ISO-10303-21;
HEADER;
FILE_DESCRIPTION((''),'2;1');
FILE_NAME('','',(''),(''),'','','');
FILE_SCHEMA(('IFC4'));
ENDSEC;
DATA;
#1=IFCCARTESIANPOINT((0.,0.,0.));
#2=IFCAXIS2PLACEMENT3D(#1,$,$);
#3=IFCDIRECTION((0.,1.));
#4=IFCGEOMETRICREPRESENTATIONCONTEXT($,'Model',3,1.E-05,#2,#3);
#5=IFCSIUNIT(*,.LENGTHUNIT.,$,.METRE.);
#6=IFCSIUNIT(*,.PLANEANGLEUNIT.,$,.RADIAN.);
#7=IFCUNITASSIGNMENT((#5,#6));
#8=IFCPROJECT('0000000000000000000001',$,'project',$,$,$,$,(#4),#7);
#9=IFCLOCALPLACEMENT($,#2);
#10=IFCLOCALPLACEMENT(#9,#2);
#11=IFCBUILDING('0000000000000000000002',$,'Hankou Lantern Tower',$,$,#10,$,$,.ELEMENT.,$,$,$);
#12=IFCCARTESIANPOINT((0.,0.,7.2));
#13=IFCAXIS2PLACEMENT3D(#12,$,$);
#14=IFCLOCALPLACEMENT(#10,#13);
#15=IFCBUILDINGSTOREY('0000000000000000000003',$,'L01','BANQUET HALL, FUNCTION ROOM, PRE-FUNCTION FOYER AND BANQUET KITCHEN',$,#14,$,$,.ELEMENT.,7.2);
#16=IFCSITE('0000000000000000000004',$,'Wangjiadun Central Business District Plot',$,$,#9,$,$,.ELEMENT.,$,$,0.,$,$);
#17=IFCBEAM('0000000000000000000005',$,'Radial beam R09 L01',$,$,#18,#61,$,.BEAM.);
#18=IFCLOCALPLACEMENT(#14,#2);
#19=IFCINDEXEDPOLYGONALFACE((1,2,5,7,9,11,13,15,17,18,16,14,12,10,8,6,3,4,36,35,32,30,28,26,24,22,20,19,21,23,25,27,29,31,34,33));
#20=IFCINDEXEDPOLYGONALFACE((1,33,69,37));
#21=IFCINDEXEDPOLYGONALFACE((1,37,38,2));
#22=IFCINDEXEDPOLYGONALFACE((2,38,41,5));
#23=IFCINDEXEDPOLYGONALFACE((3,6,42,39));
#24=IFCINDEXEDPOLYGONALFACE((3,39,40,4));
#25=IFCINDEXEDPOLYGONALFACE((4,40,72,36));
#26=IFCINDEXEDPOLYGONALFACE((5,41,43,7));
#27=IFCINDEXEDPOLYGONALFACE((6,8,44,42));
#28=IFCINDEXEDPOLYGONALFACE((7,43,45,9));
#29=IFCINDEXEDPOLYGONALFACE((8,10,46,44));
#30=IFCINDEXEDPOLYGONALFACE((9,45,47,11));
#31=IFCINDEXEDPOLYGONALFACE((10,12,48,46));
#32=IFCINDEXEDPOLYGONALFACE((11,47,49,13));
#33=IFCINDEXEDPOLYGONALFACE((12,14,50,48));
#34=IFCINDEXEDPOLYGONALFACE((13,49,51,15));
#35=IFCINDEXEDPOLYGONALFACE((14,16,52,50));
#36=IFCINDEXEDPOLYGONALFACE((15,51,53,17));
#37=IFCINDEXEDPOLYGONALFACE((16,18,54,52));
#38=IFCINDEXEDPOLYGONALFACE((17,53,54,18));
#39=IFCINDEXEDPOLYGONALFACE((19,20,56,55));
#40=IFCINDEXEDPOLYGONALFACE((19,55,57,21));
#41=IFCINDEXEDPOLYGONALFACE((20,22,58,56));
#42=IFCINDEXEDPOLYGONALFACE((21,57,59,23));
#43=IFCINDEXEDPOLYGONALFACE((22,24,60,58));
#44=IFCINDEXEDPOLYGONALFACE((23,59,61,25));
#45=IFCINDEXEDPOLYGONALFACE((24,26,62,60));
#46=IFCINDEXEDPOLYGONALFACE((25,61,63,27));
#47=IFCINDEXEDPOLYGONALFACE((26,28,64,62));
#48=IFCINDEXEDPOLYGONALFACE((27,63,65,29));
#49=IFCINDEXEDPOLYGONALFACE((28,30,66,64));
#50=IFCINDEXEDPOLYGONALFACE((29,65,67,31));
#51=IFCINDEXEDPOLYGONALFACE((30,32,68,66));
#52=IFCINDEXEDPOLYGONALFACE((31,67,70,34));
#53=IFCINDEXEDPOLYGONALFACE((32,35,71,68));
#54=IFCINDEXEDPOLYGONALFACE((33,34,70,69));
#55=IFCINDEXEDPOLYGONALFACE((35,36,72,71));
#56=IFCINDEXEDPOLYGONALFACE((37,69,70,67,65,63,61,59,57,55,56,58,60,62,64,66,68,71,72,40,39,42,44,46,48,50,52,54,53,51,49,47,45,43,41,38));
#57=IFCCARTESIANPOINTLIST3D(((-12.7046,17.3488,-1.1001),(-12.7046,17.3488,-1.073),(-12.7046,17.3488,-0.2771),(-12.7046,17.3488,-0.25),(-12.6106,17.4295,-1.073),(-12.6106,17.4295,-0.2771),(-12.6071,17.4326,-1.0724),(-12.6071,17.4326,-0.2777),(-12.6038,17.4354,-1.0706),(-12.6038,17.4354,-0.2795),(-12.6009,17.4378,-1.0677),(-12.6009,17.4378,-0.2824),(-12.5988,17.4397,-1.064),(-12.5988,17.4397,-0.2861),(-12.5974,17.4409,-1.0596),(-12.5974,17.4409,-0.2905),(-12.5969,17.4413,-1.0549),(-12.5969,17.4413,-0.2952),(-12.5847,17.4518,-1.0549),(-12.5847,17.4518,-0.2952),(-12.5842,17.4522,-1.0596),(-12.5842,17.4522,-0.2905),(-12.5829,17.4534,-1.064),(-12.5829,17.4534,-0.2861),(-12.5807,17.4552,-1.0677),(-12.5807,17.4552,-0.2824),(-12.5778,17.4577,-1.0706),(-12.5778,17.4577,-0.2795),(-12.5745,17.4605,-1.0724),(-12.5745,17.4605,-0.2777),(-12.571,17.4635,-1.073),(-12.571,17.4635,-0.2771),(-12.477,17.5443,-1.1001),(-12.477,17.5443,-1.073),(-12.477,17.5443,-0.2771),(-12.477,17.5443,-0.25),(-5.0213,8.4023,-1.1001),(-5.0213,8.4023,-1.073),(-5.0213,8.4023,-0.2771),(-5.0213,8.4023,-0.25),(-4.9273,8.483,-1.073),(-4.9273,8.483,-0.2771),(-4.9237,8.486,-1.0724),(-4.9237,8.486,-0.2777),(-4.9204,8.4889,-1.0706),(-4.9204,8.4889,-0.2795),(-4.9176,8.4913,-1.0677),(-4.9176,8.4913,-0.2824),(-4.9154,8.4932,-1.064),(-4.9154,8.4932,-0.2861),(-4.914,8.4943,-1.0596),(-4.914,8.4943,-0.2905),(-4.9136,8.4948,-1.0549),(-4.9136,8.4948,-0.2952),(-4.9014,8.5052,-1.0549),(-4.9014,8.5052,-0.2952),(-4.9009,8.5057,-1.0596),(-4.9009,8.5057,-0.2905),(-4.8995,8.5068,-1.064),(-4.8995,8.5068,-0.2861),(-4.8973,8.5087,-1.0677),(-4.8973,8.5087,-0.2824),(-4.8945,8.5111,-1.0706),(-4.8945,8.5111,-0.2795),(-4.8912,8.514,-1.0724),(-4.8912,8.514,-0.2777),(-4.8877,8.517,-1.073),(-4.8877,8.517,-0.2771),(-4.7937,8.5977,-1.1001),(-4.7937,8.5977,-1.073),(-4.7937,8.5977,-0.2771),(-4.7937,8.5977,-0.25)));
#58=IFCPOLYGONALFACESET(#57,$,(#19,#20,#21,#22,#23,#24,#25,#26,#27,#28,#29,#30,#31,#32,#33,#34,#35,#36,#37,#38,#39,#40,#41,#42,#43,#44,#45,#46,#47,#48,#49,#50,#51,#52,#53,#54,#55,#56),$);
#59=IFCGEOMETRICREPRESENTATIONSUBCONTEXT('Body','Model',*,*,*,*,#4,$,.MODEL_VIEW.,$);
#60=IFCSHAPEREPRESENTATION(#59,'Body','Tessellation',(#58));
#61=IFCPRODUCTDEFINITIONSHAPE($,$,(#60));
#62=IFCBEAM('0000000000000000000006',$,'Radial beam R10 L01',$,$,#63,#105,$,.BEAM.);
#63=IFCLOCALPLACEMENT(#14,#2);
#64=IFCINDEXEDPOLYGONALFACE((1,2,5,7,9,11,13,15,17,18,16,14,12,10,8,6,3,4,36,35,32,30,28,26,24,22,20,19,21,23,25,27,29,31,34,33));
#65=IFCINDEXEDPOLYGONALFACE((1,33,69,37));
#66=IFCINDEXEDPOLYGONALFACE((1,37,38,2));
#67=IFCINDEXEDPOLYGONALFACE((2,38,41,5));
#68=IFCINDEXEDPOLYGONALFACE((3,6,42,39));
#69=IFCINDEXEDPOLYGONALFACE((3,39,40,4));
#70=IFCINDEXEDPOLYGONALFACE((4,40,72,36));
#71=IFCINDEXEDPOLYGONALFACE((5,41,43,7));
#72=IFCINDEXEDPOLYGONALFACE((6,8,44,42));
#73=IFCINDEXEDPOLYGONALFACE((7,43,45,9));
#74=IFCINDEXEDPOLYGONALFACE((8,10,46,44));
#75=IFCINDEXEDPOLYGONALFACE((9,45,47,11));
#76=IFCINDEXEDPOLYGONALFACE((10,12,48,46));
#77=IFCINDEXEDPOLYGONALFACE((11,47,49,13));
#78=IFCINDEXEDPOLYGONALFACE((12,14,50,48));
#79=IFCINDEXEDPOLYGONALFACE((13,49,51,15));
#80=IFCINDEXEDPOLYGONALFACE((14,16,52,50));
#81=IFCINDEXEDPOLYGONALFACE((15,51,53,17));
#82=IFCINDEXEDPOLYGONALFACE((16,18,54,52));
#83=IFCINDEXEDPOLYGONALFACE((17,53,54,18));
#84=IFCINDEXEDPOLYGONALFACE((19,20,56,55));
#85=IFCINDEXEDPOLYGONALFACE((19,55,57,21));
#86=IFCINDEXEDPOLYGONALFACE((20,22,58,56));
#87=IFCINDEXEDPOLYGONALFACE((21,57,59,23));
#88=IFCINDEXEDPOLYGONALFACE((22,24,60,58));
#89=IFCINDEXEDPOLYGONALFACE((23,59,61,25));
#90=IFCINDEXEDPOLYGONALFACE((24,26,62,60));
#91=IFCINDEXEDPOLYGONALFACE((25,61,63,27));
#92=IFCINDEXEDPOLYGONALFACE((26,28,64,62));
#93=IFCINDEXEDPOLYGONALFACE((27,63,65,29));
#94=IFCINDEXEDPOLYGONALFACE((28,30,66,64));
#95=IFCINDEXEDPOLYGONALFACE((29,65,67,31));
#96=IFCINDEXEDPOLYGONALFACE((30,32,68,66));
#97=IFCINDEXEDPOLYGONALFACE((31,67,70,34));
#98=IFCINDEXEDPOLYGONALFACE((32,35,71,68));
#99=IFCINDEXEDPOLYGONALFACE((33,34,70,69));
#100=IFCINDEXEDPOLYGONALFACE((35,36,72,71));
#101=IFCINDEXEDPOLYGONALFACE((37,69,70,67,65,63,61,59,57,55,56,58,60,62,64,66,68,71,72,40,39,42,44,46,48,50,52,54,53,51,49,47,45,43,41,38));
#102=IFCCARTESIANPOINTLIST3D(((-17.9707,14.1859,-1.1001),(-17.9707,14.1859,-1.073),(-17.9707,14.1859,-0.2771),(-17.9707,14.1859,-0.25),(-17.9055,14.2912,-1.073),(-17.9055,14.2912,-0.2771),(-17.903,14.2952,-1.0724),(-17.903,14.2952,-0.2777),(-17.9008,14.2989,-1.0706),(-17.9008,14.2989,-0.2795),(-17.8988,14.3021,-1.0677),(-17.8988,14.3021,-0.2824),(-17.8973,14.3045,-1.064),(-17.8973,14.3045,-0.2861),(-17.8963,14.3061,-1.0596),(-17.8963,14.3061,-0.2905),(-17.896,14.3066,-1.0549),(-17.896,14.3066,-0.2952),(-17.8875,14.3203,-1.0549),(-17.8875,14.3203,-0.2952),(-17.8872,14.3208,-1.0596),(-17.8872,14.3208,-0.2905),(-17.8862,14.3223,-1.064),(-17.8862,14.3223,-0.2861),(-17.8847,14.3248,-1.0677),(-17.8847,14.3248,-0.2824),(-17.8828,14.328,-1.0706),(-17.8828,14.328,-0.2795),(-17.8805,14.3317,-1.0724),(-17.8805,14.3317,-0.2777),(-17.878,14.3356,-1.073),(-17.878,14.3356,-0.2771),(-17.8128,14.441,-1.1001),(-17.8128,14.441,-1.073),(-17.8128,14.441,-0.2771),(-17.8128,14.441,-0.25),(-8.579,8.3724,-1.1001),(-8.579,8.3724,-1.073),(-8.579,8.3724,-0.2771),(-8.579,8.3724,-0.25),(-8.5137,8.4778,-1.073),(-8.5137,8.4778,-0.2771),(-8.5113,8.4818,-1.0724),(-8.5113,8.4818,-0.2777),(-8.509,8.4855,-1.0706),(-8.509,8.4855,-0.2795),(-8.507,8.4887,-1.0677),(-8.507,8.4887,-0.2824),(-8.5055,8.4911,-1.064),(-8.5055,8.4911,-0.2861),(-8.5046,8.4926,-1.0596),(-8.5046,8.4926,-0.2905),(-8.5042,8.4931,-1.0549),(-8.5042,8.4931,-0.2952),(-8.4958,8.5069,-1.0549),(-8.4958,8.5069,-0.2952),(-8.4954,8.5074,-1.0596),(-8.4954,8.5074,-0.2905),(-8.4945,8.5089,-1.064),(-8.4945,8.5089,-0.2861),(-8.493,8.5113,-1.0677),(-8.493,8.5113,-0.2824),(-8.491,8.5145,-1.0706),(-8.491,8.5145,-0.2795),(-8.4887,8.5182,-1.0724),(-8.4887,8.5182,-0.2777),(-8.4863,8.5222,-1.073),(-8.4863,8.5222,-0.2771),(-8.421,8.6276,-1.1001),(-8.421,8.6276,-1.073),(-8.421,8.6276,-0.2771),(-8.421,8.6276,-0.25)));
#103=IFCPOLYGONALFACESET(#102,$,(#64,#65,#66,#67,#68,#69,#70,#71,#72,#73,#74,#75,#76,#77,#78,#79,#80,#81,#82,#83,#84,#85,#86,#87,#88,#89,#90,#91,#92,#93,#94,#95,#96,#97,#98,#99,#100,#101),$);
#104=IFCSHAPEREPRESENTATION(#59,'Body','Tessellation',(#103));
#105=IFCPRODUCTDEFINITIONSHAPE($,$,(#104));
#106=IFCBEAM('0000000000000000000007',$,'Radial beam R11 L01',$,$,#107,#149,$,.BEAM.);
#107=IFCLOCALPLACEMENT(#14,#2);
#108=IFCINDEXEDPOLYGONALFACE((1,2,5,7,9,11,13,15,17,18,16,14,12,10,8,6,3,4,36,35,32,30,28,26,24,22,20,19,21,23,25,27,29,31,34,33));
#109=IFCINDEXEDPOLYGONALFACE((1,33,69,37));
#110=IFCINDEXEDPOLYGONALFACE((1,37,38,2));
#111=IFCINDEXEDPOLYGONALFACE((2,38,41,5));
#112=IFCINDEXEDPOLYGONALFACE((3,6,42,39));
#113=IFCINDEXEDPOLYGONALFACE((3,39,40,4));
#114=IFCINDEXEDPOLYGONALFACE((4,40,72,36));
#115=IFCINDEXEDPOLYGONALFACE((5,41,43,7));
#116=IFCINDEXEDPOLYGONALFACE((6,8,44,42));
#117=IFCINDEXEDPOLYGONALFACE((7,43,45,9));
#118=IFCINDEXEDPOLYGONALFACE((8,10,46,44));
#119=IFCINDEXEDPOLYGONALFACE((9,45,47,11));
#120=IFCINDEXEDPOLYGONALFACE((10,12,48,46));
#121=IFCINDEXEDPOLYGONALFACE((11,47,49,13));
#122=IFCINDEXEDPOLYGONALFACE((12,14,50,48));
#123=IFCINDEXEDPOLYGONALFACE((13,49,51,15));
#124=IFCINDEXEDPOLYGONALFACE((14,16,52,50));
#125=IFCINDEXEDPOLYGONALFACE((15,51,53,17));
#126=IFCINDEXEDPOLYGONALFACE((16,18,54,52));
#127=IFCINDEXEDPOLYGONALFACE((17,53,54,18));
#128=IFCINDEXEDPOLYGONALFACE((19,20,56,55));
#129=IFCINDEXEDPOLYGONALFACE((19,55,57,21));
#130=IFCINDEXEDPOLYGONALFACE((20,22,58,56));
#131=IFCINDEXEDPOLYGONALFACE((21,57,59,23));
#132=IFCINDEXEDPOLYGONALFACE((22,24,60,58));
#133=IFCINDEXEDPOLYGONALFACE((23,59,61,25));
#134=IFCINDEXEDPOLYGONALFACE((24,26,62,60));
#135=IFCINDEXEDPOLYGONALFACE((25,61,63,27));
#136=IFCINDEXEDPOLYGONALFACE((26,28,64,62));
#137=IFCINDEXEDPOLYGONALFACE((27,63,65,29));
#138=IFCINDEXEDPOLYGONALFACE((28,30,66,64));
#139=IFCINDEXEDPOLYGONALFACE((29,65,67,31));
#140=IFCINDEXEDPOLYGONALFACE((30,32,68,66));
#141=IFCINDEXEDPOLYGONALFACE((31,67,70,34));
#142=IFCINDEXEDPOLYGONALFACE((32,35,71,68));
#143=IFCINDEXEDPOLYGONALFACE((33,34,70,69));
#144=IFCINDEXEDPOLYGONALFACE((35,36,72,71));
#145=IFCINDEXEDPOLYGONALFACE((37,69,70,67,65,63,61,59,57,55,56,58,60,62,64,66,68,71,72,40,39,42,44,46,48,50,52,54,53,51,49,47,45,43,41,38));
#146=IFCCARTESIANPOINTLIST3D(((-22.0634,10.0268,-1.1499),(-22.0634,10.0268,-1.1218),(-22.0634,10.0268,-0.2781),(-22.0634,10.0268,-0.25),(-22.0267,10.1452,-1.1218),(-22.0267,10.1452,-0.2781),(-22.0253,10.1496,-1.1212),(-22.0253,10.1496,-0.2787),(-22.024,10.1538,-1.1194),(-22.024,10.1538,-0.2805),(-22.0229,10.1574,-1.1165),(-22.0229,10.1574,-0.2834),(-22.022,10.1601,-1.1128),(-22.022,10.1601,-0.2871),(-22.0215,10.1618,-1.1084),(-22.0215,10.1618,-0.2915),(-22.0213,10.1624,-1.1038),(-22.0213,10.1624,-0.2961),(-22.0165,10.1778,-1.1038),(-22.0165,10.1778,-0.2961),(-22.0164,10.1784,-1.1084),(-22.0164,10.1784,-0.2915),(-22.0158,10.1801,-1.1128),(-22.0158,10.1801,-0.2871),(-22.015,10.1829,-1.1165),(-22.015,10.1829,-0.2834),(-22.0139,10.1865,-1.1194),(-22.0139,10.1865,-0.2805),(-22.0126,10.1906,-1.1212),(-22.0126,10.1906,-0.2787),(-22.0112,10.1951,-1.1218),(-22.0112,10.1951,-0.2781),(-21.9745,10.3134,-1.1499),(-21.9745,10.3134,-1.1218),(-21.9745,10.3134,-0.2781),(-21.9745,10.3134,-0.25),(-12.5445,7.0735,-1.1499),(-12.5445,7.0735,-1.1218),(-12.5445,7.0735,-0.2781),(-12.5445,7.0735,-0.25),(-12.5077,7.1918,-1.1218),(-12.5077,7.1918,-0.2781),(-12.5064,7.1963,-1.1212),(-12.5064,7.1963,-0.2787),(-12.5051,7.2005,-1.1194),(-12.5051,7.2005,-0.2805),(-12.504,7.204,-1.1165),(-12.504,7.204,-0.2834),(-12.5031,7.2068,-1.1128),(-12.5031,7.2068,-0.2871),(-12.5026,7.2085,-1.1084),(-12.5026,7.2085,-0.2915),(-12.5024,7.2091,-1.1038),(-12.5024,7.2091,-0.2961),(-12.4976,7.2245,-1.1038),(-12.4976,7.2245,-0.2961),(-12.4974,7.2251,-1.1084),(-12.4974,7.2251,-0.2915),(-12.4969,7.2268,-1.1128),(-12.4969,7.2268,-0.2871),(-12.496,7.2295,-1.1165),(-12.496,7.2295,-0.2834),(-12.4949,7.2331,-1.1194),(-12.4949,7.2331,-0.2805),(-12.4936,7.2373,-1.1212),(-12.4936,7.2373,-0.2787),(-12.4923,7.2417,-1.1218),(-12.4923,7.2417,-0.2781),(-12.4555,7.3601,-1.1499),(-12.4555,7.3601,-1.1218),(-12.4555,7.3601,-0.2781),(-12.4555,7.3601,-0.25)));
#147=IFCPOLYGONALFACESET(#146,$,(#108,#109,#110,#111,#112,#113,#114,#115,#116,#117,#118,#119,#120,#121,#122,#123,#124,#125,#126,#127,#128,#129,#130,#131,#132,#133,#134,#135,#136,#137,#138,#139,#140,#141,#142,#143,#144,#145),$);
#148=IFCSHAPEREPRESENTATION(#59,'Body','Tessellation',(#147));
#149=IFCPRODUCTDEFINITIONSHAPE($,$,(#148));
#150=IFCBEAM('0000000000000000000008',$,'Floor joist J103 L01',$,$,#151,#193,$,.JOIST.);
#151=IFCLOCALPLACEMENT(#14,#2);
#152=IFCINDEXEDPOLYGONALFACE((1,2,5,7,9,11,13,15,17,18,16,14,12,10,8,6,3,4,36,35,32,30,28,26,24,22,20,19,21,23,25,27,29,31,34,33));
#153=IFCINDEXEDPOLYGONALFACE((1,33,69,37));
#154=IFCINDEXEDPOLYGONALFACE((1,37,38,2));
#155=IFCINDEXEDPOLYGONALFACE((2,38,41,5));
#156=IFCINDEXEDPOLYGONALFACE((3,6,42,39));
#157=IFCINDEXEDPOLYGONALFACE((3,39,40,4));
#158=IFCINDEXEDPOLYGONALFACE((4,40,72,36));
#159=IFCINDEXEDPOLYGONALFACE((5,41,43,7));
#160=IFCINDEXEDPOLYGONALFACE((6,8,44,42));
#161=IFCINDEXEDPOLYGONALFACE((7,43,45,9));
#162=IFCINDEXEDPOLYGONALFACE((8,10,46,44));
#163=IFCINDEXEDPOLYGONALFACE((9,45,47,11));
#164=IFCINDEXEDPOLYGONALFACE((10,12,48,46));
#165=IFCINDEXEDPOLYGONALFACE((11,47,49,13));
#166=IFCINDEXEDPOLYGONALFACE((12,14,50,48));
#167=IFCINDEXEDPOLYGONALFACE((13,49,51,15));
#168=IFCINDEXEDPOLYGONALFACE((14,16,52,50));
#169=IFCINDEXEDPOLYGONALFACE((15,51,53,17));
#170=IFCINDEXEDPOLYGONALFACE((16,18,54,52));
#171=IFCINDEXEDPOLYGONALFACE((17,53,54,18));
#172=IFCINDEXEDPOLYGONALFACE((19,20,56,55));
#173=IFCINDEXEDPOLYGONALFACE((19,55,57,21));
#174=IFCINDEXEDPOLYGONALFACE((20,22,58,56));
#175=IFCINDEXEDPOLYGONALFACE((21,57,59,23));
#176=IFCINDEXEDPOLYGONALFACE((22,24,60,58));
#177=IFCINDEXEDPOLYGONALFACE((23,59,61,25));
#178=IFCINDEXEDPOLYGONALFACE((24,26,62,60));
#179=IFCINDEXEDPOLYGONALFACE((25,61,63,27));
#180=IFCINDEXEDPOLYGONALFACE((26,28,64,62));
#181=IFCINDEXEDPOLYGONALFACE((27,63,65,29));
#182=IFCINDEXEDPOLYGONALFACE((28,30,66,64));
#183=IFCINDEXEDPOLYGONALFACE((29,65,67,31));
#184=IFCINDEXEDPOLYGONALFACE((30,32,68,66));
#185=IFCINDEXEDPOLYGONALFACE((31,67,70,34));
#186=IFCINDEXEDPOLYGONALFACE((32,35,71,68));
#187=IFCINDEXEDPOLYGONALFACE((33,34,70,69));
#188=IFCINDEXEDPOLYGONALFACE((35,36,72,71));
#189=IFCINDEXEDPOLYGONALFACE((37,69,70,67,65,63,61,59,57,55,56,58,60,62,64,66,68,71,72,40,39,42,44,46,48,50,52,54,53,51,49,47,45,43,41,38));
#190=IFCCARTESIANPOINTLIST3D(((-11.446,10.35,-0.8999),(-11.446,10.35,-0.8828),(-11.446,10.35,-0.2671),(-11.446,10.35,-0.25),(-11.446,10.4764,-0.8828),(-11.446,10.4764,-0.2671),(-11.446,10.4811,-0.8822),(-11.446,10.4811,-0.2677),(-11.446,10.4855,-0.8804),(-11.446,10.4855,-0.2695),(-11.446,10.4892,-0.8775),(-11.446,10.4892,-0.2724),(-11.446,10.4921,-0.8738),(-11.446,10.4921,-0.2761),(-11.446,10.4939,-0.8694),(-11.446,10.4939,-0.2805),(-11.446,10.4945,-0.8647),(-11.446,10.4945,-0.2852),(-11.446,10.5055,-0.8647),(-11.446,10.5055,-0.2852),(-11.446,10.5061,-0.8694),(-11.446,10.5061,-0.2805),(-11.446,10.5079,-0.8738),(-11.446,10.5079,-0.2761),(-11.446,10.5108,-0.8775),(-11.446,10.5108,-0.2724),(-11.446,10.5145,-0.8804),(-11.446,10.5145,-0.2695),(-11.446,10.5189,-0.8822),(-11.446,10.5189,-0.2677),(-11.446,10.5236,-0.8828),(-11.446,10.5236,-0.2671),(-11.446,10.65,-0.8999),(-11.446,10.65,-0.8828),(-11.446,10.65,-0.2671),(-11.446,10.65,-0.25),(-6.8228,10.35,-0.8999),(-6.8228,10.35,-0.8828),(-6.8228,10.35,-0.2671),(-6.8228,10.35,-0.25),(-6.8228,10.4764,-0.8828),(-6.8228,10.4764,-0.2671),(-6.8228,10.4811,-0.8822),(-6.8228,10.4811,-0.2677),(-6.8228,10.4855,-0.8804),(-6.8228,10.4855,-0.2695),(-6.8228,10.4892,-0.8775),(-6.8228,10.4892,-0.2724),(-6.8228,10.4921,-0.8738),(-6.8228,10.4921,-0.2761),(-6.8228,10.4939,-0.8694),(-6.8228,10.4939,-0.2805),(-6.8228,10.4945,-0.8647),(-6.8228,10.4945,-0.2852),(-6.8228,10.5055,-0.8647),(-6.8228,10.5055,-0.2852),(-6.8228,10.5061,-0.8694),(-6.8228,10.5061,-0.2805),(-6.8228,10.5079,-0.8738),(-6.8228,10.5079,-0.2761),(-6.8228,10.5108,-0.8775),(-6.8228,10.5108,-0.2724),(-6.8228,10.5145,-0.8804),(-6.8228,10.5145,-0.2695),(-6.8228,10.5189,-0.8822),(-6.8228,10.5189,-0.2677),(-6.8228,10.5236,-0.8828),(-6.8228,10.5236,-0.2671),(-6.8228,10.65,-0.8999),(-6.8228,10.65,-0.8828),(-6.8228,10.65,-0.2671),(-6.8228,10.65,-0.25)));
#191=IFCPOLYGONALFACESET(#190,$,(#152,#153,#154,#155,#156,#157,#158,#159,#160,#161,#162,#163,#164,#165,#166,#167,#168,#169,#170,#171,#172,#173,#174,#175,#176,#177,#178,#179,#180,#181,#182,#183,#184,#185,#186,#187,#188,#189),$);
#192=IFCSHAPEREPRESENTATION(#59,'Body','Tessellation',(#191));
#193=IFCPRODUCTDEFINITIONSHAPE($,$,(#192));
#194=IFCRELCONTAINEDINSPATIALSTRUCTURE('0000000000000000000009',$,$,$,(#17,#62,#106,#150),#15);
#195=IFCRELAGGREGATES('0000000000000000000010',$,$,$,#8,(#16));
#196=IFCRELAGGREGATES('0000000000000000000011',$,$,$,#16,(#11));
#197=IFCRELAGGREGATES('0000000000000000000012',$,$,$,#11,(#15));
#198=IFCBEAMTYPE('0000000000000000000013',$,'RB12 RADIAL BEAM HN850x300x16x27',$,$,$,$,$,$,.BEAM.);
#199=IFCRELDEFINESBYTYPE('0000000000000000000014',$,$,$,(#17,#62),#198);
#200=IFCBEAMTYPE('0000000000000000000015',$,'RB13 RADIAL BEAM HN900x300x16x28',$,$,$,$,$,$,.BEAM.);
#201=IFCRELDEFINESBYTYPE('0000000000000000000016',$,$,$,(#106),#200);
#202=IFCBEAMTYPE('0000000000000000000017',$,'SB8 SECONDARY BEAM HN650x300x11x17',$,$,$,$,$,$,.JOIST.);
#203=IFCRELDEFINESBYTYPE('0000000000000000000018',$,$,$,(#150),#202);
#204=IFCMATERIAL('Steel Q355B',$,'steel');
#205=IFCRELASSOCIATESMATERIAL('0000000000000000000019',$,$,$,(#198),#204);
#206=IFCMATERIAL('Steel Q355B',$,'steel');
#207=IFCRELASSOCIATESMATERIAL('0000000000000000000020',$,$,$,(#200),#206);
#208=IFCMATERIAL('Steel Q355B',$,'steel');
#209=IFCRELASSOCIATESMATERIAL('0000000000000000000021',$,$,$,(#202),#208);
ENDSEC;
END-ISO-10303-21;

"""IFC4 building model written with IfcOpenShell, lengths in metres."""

from ifc_helpers import new_model, si_unit, direction, frame, origin, origin_2d, place, context, subcontext, project, spatial, i_section, extrude, material, material_profile, profile_set, type_object, element, save


model = new_model("IFC4")

# Units and contexts
model_context = context("Model", 3, precision=1e-05, world=origin(), true_north=direction((0.0, 1.0)))
body_context = subcontext(model_context, "Body", "Model", "MODEL_VIEW")
ifc_project = project(units=[si_unit("LENGTHUNIT", "METRE"), si_unit("PLANEANGLEUNIT", "RADIAN")], contexts=[model_context])

# Site, building, storey
site_placement = place(None, origin())
site = spatial("IfcSite", under=ifc_project, at=site_placement, Name="Wangjiadun Central Business District Plot", CompositionType="ELEMENT", RefElevation=0.0)
building_placement = place(site_placement, origin())
building = spatial("IfcBuilding", under=site, at=building_placement, Name="Hankou Lantern Tower", CompositionType="ELEMENT")
storey_placement = place(building_placement, frame((0.0, 0.0, 7.2)))
storey = spatial("IfcBuildingStorey", under=building, at=storey_placement, Name="L01", Description="BANQUET HALL, FUNCTION ROOM, PRE-FUNCTION FOYER AND BANQUET KITCHEN", CompositionType="ELEMENT", Elevation=7.2)

# Beams
ifc_material_1 = material(Name="Steel Q355B", Category="steel")
ifc_material_profile_1 = material_profile(ifc_material_1, i_section(OverallWidth=0.3, OverallDepth=0.8501, WebThickness=0.0161, FlangeThickness=0.0271, FilletRadius=0.0181, at=origin_2d()), Name="HN850x300x16x27")
ifc_profile_set_1 = profile_set([ifc_material_profile_1], Name="Steel Q355B")
beam_type_1 = type_object("IfcBeamType", Name="RB12 RADIAL BEAM HN850x300x16x27", PredefinedType="BEAM", material=ifc_profile_set_1)
beam_1_placement = place(storey_placement, frame((-4.9075, 8.5, -0.675), z_axis=(-0.651519, 0.758632, 0.0), x_axis=(-0.758632, -0.651519, 0.0)))
element("IfcBeam", 1, at=beam_1_placement, inside=storey, type_object=beam_type_1, Name="Radial beam R09 L01", PredefinedType="BEAM", context=body_context, shape_type="SweptSolid", body=[
    extrude(i_section(OverallWidth=0.3, OverallDepth=0.8501, WebThickness=0.0161, FlangeThickness=0.0271, FilletRadius=0.0181, at=origin_2d()), origin(), (0.0, 0.0, 1.0), 11.793),
])
beam_2_placement = place(storey_placement, frame((-8.5, 8.5, -0.675), z_axis=(-0.850286, 0.52632, 0.0), x_axis=(-0.52632, -0.850286, 0.0)))
element("IfcBeam", 2, at=beam_2_placement, inside=storey, type_object=beam_type_1, Name="Radial beam R10 L01", PredefinedType="BEAM", context=body_context, shape_type="SweptSolid", body=[
    extrude(i_section(OverallWidth=0.3, OverallDepth=0.8501, WebThickness=0.0161, FlangeThickness=0.0271, FilletRadius=0.0181, at=origin_2d()), origin(), (0.0, 0.0, 1.0), 11.0454),
])
ifc_material_2 = material(Name="Steel Q355B", Category="steel")
ifc_material_profile_2 = material_profile(ifc_material_2, i_section(OverallWidth=0.3, OverallDepth=0.8999, WebThickness=0.0161, FlangeThickness=0.0281, FilletRadius=0.0181, at=origin_2d()), Name="HN900x300x16x28")
ifc_profile_set_2 = profile_set([ifc_material_profile_2], Name="Steel Q355B")
beam_type_2 = type_object("IfcBeamType", Name="RB13 RADIAL BEAM HN900x300x16x28", PredefinedType="BEAM", material=ifc_profile_set_2)
beam_3_placement = place(storey_placement, frame((-12.5, 7.2168, -0.7), z_axis=(-0.955087, 0.296324, 0.0), x_axis=(-0.296324, -0.955087, 0.0)))
element("IfcBeam", 3, at=beam_3_placement, inside=storey, type_object=beam_type_2, Name="Radial beam R11 L01", PredefinedType="BEAM", context=body_context, shape_type="SweptSolid", body=[
    extrude(i_section(OverallWidth=0.3, OverallDepth=0.8999, WebThickness=0.0161, FlangeThickness=0.0281, FilletRadius=0.0181, at=origin_2d()), origin(), (0.0, 0.0, 1.0), 9.9666),
])
ifc_material_3 = material(Name="Steel Q355B", Category="steel")
ifc_material_profile_3 = material_profile(ifc_material_3, i_section(OverallWidth=0.3, OverallDepth=0.6499, WebThickness=0.011, FlangeThickness=0.0171, FilletRadius=0.0181, at=origin_2d()), Name="HN650x300x11x17")
ifc_profile_set_3 = profile_set([ifc_material_profile_3], Name="Steel Q355B")
beam_type_3 = type_object("IfcBeamType", Name="SB8 SECONDARY BEAM HN650x300x11x17", PredefinedType="JOIST", material=ifc_profile_set_3)
beam_4_placement = place(storey_placement, frame((-11.446, 10.5, -0.575), z_axis=(1.0, 0.0, 0.0), x_axis=(0.0, 1.0, 0.0)))
element("IfcBeam", 4, at=beam_4_placement, inside=storey, type_object=beam_type_3, Name="Floor joist J103 L01", PredefinedType="JOIST", context=body_context, shape_type="SweptSolid", body=[
    extrude(i_section(OverallWidth=0.3, OverallDepth=0.6499, WebThickness=0.011, FlangeThickness=0.0171, FilletRadius=0.0181, at=origin_2d()), origin(), (0.0, 0.0, 1.0), 4.6233),
])

save(model, "model.ifc")
